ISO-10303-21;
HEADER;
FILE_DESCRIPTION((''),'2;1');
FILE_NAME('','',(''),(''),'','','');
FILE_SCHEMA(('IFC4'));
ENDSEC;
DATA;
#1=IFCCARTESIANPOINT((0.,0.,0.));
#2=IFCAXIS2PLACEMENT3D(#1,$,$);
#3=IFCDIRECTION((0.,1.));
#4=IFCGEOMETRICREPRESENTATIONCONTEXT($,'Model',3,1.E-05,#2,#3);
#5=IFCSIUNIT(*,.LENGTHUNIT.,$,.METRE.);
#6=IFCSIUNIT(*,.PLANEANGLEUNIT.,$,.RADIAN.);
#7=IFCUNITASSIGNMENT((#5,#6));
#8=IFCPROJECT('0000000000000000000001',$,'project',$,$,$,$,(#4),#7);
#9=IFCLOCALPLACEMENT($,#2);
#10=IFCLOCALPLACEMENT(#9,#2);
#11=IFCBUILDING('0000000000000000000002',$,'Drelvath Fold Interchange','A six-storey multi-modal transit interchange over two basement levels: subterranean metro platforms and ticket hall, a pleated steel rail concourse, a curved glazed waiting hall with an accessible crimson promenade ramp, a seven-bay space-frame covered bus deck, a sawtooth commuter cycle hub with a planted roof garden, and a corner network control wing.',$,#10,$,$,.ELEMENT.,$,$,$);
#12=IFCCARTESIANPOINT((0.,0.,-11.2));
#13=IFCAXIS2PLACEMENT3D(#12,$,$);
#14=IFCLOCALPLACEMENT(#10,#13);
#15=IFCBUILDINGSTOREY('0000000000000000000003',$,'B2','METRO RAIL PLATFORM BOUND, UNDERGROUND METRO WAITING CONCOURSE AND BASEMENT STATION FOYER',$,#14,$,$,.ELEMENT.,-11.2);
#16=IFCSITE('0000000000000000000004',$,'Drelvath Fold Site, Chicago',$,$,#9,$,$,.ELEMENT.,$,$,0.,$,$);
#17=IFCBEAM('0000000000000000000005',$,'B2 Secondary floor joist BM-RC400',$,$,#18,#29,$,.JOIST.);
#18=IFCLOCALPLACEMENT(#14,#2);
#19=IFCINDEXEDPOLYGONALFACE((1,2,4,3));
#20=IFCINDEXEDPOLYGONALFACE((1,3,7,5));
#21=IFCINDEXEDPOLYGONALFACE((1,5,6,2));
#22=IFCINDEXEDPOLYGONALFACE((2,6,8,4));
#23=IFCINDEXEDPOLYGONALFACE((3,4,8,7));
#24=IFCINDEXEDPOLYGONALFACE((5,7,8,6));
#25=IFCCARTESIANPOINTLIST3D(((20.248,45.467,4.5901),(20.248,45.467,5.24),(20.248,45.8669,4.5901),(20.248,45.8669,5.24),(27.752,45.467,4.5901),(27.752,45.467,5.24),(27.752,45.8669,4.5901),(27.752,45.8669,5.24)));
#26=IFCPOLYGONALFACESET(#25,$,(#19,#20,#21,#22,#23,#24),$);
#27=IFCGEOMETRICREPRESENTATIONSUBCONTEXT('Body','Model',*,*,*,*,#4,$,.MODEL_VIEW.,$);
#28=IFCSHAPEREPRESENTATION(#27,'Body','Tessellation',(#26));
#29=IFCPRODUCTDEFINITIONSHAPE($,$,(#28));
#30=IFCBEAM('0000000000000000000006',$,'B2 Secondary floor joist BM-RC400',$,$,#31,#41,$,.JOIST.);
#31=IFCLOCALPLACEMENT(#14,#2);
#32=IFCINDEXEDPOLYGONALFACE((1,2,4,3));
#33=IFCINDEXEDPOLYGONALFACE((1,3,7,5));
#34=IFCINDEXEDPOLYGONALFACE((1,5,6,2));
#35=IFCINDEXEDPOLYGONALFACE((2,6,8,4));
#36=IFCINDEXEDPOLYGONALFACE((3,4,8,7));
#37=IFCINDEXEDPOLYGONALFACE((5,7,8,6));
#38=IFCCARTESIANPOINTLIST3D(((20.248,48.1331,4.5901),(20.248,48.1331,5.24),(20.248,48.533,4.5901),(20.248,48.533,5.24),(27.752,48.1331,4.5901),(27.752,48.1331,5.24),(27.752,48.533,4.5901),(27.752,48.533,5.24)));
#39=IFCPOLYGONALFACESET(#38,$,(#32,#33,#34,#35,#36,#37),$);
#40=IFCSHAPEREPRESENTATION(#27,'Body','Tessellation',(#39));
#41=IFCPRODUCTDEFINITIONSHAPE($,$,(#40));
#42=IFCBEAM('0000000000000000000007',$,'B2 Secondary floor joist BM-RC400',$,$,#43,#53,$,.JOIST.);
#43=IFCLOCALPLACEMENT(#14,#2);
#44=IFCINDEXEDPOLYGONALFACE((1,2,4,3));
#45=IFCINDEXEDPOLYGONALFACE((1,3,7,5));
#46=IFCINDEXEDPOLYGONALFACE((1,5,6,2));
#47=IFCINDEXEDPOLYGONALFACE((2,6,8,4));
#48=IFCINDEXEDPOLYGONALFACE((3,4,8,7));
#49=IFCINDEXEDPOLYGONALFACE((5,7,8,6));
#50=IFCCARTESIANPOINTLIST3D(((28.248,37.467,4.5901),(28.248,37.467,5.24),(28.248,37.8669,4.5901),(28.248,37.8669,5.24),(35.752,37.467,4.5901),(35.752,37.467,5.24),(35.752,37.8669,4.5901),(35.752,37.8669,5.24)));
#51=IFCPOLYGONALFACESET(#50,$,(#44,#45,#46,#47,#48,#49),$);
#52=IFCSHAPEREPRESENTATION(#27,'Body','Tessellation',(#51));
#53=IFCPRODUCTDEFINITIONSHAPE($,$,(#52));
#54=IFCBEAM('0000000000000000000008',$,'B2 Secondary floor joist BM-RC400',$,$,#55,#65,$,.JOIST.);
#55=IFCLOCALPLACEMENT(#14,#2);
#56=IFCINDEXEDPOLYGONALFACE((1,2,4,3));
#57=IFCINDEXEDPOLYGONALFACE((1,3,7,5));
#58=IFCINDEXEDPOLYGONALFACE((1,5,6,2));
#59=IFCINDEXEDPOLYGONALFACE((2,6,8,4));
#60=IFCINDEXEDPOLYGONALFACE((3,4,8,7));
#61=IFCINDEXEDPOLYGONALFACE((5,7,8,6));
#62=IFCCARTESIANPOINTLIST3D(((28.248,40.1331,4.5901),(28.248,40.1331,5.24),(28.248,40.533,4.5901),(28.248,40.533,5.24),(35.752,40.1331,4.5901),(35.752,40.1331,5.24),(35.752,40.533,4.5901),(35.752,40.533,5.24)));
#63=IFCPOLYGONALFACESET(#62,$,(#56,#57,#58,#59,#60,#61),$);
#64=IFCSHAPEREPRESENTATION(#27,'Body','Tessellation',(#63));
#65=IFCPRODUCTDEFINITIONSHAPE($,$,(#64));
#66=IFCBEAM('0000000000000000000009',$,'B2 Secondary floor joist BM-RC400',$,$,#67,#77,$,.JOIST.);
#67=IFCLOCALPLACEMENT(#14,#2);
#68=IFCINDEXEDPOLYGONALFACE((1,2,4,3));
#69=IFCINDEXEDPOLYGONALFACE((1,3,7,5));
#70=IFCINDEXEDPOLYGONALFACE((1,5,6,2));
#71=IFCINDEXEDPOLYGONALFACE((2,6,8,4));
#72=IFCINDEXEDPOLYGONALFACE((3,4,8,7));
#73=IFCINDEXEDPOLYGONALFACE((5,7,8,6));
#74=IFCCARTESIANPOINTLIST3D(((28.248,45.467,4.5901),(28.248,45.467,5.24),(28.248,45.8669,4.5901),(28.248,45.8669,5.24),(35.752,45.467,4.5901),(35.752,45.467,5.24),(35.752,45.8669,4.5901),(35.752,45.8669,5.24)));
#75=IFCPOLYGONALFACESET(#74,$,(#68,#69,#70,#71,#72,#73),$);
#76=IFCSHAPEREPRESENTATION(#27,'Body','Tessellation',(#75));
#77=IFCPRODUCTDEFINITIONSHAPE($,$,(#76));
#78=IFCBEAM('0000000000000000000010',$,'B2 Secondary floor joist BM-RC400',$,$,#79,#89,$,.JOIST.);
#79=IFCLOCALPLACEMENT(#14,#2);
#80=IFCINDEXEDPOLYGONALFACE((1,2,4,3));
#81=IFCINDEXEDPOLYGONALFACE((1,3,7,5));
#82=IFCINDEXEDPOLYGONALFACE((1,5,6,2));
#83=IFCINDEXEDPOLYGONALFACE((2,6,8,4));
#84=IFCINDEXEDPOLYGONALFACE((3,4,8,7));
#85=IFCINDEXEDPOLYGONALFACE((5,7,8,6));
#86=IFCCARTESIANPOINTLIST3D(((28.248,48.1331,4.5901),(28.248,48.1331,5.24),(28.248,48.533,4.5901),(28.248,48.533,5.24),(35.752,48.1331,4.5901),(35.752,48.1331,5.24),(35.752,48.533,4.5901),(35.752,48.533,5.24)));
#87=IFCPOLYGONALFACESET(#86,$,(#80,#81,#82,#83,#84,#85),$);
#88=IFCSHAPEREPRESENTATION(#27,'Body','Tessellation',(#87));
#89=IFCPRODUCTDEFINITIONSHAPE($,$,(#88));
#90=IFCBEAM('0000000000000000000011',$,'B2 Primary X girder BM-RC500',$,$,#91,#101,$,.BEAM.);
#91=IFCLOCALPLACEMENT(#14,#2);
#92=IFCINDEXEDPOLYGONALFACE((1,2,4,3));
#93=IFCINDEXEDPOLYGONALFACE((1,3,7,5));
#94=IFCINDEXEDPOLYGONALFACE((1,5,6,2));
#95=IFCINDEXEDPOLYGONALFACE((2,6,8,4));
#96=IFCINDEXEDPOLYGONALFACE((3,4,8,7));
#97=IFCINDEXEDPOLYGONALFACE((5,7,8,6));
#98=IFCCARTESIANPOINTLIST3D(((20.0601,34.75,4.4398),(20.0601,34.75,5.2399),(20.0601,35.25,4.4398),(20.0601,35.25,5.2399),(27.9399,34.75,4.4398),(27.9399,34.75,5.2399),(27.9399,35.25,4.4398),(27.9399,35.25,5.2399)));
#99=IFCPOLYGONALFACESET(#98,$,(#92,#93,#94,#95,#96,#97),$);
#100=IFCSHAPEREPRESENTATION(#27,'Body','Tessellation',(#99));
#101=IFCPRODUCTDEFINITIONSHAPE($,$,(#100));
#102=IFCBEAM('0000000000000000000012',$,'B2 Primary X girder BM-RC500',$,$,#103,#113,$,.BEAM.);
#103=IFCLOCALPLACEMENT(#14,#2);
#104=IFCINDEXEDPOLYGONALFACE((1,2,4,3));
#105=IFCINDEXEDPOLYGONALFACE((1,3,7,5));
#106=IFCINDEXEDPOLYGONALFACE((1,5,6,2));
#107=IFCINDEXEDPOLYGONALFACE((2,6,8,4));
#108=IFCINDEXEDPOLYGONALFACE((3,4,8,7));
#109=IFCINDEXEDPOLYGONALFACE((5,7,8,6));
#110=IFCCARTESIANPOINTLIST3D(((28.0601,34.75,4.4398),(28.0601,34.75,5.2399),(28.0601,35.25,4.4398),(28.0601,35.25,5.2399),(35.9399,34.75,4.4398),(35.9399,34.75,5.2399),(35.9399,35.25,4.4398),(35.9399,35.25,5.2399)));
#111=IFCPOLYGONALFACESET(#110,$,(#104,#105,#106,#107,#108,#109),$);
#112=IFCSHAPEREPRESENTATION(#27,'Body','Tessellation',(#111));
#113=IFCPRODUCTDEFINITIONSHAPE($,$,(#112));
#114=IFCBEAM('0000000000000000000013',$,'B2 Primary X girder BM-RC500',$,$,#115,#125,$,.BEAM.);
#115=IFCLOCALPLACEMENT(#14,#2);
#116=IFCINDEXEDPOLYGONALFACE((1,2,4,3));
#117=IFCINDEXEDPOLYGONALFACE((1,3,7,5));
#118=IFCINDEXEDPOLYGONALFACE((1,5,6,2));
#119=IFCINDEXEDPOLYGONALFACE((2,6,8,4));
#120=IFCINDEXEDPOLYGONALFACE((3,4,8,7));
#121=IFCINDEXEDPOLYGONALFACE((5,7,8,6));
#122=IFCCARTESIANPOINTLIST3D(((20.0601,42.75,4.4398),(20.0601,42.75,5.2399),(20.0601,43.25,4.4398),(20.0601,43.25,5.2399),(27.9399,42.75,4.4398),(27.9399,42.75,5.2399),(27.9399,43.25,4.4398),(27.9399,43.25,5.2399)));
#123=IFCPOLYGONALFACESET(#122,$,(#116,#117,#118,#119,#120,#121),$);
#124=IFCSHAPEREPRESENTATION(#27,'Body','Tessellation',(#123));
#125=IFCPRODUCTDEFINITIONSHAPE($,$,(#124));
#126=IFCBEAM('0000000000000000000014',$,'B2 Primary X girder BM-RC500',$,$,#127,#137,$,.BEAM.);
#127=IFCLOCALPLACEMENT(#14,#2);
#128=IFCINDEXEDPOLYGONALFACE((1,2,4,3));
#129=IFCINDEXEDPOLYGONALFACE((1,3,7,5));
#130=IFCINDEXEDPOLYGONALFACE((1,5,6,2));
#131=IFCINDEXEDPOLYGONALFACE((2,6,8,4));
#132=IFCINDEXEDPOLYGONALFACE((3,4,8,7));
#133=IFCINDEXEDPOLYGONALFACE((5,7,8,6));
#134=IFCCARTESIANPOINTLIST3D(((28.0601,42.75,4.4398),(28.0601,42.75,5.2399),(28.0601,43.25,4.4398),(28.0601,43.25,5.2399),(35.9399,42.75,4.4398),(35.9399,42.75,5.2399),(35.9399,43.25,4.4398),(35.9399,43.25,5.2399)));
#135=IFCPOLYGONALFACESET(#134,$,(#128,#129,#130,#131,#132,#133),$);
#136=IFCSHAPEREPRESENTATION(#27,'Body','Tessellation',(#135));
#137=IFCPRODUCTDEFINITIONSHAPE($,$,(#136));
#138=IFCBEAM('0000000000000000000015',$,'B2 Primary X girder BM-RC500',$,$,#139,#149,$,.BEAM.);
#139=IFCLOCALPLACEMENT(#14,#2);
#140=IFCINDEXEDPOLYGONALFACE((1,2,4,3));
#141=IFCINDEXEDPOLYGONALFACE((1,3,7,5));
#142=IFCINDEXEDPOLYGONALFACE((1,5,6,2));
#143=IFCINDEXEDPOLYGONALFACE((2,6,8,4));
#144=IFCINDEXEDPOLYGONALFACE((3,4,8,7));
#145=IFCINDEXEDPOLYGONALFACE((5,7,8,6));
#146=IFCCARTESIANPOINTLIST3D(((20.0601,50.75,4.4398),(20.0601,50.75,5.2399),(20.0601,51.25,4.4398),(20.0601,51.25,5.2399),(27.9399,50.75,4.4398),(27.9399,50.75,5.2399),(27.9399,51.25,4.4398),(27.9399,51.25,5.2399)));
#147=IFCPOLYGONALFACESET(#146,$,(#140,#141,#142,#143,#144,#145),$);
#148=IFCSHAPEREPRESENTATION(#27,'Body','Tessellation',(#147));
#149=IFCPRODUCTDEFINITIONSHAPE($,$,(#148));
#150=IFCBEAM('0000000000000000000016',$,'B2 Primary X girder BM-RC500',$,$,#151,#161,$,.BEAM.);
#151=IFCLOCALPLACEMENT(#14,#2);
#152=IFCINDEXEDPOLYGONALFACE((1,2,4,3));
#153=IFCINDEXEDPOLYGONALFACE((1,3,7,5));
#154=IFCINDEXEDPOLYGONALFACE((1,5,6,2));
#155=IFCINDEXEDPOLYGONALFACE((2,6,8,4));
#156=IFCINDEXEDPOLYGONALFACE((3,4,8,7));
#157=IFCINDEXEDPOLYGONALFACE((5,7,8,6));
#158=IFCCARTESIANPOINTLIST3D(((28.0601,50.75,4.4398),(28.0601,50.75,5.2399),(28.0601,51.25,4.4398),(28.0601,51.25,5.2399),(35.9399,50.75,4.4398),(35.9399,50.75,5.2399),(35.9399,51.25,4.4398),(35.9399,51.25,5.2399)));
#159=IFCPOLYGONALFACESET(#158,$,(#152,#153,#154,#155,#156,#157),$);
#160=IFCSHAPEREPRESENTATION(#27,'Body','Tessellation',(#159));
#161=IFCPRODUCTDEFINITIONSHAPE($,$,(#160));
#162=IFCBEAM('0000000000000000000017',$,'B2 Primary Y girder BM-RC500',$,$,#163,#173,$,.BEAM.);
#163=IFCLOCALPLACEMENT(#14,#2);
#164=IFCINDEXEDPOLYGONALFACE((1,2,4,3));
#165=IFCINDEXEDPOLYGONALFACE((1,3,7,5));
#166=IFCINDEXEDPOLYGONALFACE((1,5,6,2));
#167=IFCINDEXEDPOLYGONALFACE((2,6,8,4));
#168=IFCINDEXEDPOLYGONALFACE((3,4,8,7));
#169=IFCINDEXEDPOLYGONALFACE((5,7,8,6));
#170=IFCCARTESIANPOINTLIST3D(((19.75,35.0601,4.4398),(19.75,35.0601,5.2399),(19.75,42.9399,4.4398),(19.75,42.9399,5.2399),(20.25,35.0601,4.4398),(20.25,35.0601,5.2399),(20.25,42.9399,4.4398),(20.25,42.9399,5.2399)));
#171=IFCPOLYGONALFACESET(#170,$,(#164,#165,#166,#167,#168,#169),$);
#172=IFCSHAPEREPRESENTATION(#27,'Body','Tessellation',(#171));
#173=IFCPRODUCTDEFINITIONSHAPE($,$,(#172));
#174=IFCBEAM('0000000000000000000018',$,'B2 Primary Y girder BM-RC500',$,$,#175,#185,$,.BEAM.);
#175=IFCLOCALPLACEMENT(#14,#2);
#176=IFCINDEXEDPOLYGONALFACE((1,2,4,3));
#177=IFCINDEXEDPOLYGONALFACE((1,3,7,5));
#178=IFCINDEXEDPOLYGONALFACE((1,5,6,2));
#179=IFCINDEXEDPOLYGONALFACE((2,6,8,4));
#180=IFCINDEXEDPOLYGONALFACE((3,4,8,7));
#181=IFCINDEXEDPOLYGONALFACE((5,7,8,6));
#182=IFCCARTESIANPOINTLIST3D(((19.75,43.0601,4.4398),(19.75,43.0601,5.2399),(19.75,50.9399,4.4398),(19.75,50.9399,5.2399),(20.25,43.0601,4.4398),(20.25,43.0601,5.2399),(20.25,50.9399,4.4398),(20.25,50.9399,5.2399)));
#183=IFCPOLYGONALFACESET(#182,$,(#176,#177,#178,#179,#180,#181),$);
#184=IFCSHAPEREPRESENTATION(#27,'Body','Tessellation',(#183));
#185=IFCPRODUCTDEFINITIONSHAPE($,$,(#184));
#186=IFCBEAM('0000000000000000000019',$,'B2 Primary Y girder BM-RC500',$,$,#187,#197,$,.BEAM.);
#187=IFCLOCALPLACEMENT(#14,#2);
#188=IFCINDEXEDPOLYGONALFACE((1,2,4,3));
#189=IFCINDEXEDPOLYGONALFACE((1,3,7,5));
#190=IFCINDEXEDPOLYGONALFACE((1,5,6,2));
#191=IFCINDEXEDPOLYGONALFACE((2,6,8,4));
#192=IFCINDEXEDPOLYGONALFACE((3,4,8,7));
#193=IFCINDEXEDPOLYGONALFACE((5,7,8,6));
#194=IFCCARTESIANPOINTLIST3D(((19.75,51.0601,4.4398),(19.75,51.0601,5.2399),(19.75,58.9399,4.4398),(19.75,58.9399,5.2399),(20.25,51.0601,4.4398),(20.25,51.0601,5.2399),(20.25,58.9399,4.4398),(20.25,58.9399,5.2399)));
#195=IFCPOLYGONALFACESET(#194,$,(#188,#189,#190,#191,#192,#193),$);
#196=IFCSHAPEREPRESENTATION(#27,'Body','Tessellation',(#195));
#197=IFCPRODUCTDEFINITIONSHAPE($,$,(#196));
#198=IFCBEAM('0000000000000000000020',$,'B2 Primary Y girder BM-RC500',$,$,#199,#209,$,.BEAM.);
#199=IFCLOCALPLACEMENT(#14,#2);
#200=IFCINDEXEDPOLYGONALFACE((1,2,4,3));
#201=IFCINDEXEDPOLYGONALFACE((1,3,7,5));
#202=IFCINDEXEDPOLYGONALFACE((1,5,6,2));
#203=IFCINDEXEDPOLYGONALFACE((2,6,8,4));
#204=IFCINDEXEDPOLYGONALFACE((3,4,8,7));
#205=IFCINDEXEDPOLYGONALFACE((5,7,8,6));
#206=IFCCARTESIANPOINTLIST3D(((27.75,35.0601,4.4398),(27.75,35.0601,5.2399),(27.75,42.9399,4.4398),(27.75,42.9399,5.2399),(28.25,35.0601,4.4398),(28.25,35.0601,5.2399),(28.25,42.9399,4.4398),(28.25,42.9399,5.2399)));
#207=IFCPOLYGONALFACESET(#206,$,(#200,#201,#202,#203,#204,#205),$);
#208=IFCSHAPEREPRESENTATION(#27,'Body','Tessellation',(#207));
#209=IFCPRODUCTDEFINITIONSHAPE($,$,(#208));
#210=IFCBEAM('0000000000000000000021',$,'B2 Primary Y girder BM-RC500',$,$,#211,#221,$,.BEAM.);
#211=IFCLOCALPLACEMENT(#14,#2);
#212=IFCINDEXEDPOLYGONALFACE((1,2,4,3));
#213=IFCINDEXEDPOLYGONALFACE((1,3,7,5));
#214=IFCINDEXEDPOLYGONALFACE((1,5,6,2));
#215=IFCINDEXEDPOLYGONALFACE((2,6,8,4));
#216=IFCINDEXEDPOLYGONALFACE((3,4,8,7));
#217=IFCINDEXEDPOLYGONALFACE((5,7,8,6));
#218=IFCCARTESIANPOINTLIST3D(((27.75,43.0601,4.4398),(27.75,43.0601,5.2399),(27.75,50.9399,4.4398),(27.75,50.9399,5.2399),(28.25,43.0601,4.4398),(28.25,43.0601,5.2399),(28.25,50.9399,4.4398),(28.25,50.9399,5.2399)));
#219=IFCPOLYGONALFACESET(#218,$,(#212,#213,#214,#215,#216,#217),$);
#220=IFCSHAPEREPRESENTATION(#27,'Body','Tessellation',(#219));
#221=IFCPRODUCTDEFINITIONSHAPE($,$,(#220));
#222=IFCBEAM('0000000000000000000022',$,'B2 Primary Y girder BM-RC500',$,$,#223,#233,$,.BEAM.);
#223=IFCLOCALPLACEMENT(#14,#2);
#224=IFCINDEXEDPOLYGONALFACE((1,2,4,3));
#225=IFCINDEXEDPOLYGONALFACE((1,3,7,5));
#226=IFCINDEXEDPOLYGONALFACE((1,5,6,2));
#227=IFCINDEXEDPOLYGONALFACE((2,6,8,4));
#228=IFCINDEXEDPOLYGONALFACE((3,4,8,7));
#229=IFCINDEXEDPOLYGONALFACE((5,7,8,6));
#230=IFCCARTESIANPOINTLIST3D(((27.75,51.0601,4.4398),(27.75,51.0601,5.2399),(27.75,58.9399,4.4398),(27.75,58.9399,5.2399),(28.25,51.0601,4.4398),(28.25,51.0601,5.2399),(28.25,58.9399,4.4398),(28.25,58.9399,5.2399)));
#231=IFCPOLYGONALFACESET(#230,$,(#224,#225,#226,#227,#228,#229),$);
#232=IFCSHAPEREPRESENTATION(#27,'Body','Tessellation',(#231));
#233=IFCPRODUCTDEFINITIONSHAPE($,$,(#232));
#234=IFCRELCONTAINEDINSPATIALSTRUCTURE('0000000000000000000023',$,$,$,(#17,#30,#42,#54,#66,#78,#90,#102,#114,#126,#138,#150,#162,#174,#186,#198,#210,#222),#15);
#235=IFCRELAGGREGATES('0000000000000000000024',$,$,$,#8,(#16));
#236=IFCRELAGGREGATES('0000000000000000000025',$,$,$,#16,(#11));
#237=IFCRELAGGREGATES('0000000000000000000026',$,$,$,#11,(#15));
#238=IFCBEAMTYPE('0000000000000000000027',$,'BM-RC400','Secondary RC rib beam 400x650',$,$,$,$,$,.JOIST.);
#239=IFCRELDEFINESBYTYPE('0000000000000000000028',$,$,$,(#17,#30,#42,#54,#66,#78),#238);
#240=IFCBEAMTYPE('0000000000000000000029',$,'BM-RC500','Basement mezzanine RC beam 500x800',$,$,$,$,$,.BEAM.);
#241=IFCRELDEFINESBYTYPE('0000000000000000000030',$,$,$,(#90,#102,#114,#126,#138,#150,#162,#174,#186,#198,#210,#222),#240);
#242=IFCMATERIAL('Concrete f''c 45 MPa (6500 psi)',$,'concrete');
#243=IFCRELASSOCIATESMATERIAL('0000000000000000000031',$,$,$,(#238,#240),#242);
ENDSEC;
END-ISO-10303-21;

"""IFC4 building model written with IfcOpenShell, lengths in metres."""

from ifc_helpers import new_model, si_unit, direction, frame, origin, origin_2d, place, context, subcontext, project, spatial, rectangle, extrude, material, material_profile, profile_set, type_object, element, save


model = new_model("IFC4")

# Units and contexts
model_context = context("Model", 3, precision=1e-05, world=origin(), true_north=direction((0.0, 1.0)))
body_context = subcontext(model_context, "Body", "Model", "MODEL_VIEW")
ifc_project = project(units=[si_unit("LENGTHUNIT", "METRE"), si_unit("PLANEANGLEUNIT", "RADIAN")], contexts=[model_context])

# Site, building, storey
site_placement = place(None, origin())
site = spatial("IfcSite", under=ifc_project, at=site_placement, Name="Drelvath Fold Site, Chicago", CompositionType="ELEMENT", RefElevation=0.0)
building_placement = place(site_placement, origin())
building = spatial("IfcBuilding", under=site, at=building_placement, Name="Drelvath Fold Interchange", Description="A six-storey multi-modal transit interchange over two basement levels: subterranean metro platforms and ticket hall, a pleated steel rail concourse, a curved glazed waiting hall with an accessible crimson promenade ramp, a seven-bay space-frame covered bus deck, a sawtooth commuter cycle hub with a planted roof garden, and a corner network control wing.", CompositionType="ELEMENT")
storey_placement = place(building_placement, frame((0.0, 0.0, -11.2)))
storey = spatial("IfcBuildingStorey", under=building, at=storey_placement, Name="B2", Description="METRO RAIL PLATFORM BOUND, UNDERGROUND METRO WAITING CONCOURSE AND BASEMENT STATION FOYER", CompositionType="ELEMENT", Elevation=-11.2)

# Beams
ifc_material_1 = material(Name="Concrete f'c 45 MPa (6500 psi)", Category="concrete")
ifc_material_profile_1 = material_profile(ifc_material_1, rectangle(XDim=0.3999, YDim=0.6499, at=origin_2d()), Name="RC 400x650")
ifc_profile_set_1 = profile_set([ifc_material_profile_1], Name="Concrete f'c 45 MPa (6500 psi)")
beam_type_1 = type_object("IfcBeamType", Name="BM-RC400", Description="Secondary RC rib beam 400x650", PredefinedType="JOIST", material=ifc_profile_set_1)
for number, where, z_axis, x_axis, name in (
    (1, (20.248, 45.667, 4.915), (1.0, 0.0, 0.0), (0.0, 1.0, 0.0), "B2 Secondary floor joist BM-RC400"),
    (2, (20.248, 48.333, 4.915), (1.0, 0.0, 0.0), (0.0, 1.0, 0.0), "B2 Secondary floor joist BM-RC400"),
    (3, (28.248, 37.667, 4.915), (1.0, 0.0, 0.0), (0.0, 1.0, 0.0), "B2 Secondary floor joist BM-RC400"),
    (4, (28.248, 40.333, 4.915), (1.0, 0.0, 0.0), (0.0, 1.0, 0.0), "B2 Secondary floor joist BM-RC400"),
    (5, (28.248, 45.667, 4.915), (1.0, 0.0, 0.0), (0.0, 1.0, 0.0), "B2 Secondary floor joist BM-RC400"),
    (6, (28.248, 48.333, 4.915), (1.0, 0.0, 0.0), (0.0, 1.0, 0.0), "B2 Secondary floor joist BM-RC400"),
):
    element("IfcBeam", number, at=place(storey_placement, frame(where, z_axis=z_axis, x_axis=x_axis)), inside=storey, type_object=beam_type_1, Name=name, PredefinedType="JOIST", context=body_context, shape_type="SweptSolid", body=[
        extrude(rectangle(XDim=0.3999, YDim=0.6499, at=origin_2d()), origin(), (0.0, 0.0, 1.0), 7.5039),
    ])
ifc_material_profile_2 = material_profile(ifc_material_1, rectangle(XDim=0.5, YDim=0.8, at=origin_2d()), Name="RC 500x800")
ifc_profile_set_2 = profile_set([ifc_material_profile_2], Name="Concrete f'c 45 MPa (6500 psi)")
beam_type_2 = type_object("IfcBeamType", Name="BM-RC500", Description="Basement mezzanine RC beam 500x800", PredefinedType="BEAM", material=ifc_profile_set_2)
for number, where, z_axis, x_axis, name in (
    (7, (20.0601, 35.0, 4.8398), (1.0, 0.0, 0.0), (0.0, 1.0, 0.0), "B2 Primary X girder BM-RC500"),
    (8, (28.0601, 35.0, 4.8398), (1.0, 0.0, 0.0), (0.0, 1.0, 0.0), "B2 Primary X girder BM-RC500"),
    (9, (20.0601, 43.0, 4.8398), (1.0, 0.0, 0.0), (0.0, 1.0, 0.0), "B2 Primary X girder BM-RC500"),
    (10, (28.0601, 43.0, 4.8398), (1.0, 0.0, 0.0), (0.0, 1.0, 0.0), "B2 Primary X girder BM-RC500"),
    (11, (20.0601, 51.0, 4.8398), (1.0, 0.0, 0.0), (0.0, 1.0, 0.0), "B2 Primary X girder BM-RC500"),
    (12, (28.0601, 51.0, 4.8398), (1.0, 0.0, 0.0), (0.0, 1.0, 0.0), "B2 Primary X girder BM-RC500"),
    (13, (20.0, 35.0601, 4.8398), (0.0, 1.0, 0.0), (-1.0, 0.0, 0.0), "B2 Primary Y girder BM-RC500"),
    (14, (20.0, 43.0601, 4.8398), (0.0, 1.0, 0.0), (-1.0, 0.0, 0.0), "B2 Primary Y girder BM-RC500"),
    (15, (20.0, 51.0601, 4.8398), (0.0, 1.0, 0.0), (-1.0, 0.0, 0.0), "B2 Primary Y girder BM-RC500"),
    (16, (28.0, 35.0601, 4.8398), (0.0, 1.0, 0.0), (-1.0, 0.0, 0.0), "B2 Primary Y girder BM-RC500"),
    (17, (28.0, 43.0601, 4.8398), (0.0, 1.0, 0.0), (-1.0, 0.0, 0.0), "B2 Primary Y girder BM-RC500"),
    (18, (28.0, 51.0601, 4.8398), (0.0, 1.0, 0.0), (-1.0, 0.0, 0.0), "B2 Primary Y girder BM-RC500"),
):
    element("IfcBeam", number, at=place(storey_placement, frame(where, z_axis=z_axis, x_axis=x_axis)), inside=storey, type_object=beam_type_2, Name=name, PredefinedType="BEAM", context=body_context, shape_type="SweptSolid", body=[
        extrude(rectangle(XDim=0.5, YDim=0.8, at=origin_2d()), origin(), (0.0, 0.0, 1.0), 7.8799),
    ])

save(model, "model.ifc")
